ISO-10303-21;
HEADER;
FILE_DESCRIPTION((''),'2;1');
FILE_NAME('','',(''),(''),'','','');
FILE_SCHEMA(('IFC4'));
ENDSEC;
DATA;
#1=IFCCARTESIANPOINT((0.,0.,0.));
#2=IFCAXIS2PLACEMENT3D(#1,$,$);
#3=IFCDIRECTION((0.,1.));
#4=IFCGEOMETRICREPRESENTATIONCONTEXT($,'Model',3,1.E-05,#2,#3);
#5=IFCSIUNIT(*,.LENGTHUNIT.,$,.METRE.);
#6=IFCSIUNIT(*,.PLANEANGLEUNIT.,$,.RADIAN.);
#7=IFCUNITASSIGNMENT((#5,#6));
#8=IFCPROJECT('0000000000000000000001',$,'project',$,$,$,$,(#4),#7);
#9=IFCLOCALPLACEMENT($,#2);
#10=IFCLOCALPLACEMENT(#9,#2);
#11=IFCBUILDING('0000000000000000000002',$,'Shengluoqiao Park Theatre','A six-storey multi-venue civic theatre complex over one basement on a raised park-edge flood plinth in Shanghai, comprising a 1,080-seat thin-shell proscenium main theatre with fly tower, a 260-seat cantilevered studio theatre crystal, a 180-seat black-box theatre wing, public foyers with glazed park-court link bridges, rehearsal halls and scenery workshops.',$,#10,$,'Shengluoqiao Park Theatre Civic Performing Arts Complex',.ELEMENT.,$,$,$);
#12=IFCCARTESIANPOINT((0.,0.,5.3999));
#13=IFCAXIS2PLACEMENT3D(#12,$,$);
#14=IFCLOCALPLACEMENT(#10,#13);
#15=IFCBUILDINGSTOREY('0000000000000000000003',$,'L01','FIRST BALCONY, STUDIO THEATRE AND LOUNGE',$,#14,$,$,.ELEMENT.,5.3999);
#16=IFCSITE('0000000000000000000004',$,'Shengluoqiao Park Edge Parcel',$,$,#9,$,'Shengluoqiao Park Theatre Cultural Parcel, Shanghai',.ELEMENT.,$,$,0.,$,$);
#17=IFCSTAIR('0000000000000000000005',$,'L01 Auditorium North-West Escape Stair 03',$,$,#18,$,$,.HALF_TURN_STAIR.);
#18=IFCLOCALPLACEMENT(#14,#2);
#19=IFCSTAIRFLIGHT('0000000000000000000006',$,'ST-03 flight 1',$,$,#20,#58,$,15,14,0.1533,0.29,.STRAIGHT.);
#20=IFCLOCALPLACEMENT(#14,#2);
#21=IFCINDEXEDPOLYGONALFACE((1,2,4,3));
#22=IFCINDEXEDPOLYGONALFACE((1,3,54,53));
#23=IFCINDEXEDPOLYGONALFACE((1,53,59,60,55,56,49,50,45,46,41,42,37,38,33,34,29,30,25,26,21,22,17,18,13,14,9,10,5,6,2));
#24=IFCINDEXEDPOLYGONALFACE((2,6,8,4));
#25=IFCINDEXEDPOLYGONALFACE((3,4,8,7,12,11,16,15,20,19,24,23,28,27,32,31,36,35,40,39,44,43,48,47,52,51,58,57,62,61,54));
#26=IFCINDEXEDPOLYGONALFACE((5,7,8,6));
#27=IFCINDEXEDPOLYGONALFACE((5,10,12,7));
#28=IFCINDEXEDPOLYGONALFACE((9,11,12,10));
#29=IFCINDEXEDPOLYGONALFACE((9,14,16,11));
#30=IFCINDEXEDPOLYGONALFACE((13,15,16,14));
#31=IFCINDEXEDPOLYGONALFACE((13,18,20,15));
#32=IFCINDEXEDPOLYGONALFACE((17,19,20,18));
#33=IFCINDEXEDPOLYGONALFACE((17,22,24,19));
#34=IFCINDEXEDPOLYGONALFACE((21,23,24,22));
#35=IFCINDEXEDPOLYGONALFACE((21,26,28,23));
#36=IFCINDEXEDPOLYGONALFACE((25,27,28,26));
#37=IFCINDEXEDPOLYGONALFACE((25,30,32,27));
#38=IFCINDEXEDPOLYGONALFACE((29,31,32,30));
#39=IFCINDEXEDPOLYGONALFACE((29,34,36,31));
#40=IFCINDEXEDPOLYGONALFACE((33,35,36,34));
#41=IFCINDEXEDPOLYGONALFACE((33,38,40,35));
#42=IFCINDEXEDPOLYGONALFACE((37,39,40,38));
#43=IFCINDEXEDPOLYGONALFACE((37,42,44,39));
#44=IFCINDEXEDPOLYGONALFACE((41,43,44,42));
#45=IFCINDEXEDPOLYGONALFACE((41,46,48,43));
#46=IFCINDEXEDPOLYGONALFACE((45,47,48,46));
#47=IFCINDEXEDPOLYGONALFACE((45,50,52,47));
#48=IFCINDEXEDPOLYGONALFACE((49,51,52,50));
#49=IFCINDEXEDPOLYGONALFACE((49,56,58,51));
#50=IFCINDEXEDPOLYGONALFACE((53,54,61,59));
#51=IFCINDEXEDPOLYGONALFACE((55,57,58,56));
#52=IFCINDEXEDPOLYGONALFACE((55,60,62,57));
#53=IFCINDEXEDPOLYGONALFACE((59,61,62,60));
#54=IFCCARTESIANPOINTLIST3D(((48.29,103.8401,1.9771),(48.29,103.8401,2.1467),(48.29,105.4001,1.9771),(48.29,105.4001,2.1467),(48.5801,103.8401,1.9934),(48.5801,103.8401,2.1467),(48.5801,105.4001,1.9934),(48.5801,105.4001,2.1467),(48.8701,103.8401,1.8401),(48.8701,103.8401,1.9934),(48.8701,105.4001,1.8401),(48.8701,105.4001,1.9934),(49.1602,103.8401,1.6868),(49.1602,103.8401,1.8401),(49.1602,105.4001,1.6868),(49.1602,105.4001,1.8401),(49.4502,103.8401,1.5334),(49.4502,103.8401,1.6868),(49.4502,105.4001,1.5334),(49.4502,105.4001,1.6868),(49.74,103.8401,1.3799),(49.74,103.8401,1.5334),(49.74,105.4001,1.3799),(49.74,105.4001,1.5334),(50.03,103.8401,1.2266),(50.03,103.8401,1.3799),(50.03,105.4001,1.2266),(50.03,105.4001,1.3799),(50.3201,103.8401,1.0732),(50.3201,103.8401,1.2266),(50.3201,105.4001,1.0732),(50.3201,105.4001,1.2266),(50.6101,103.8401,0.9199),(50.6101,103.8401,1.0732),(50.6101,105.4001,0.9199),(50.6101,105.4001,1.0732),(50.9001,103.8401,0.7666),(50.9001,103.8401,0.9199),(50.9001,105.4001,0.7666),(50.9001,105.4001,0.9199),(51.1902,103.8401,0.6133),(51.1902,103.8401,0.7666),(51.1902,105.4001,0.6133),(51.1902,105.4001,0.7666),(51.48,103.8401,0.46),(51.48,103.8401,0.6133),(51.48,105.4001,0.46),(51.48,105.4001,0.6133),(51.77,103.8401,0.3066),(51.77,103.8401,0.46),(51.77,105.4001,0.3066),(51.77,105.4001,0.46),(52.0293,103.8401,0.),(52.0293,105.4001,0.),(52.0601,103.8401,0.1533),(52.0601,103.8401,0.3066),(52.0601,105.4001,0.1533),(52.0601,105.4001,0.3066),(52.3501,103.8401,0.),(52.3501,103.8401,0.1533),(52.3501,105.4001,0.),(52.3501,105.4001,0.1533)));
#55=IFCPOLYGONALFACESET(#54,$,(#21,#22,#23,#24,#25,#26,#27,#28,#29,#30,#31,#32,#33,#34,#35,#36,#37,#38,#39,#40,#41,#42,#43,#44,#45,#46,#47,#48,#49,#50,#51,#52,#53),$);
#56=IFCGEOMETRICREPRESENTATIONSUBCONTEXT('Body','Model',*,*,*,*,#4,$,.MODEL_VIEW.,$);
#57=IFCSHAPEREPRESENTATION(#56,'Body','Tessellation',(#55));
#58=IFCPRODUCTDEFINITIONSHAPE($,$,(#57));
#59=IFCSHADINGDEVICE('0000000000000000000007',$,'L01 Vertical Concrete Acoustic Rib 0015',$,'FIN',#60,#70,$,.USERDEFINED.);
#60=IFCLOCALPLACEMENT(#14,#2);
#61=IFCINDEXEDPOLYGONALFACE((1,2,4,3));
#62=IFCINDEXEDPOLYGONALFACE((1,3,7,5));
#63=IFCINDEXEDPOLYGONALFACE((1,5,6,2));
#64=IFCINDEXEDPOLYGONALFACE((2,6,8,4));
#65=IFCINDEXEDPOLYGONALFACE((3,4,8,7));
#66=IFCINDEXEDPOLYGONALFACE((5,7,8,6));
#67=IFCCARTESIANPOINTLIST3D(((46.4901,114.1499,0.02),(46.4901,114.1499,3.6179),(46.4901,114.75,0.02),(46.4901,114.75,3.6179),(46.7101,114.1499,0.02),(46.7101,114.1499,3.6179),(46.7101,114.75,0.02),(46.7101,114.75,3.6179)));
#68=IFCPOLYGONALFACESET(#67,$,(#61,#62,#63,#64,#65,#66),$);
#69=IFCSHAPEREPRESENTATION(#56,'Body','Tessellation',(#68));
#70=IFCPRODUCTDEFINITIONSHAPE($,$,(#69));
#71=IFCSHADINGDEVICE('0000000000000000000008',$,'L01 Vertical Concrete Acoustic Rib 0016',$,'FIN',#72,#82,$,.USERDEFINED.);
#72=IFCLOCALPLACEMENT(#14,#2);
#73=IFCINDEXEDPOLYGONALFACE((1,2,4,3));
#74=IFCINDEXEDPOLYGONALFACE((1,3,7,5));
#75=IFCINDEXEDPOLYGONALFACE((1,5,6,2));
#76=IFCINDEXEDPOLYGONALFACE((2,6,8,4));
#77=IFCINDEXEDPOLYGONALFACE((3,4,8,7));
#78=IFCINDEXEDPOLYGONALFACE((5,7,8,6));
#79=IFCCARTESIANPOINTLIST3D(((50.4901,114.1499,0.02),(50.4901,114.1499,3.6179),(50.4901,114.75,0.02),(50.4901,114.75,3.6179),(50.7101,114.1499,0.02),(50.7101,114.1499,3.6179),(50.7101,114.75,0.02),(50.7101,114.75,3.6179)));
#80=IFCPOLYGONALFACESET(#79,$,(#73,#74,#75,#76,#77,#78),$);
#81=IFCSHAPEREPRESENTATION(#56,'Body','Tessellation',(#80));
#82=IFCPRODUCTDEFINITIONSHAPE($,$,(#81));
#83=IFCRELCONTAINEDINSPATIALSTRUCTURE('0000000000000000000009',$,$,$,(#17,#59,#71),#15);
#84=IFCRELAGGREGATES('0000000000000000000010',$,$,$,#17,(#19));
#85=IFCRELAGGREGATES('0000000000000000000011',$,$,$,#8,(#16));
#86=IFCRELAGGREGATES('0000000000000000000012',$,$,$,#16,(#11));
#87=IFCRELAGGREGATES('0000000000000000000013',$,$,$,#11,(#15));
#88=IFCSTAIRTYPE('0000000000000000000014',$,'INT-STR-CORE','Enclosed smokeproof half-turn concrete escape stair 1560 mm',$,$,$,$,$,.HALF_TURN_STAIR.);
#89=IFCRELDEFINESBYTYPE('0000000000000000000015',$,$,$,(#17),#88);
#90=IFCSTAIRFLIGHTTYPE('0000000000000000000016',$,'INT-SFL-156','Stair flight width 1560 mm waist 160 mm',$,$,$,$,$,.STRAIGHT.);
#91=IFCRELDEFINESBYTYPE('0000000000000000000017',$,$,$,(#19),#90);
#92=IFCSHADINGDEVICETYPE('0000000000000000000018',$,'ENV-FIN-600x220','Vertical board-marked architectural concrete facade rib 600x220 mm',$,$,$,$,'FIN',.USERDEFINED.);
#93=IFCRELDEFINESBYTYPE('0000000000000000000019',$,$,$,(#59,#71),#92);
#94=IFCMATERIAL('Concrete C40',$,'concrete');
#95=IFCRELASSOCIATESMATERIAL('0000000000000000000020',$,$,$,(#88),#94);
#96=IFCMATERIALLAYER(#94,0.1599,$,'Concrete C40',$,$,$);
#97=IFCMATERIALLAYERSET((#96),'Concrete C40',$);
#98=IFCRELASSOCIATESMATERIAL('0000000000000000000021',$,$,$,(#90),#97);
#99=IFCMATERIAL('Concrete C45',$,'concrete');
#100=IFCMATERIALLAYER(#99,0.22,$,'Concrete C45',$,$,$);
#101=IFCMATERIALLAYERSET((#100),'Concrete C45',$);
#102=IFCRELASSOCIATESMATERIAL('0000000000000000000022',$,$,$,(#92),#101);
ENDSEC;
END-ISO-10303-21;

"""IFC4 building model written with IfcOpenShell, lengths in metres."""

from ifc_helpers import new_model, si_unit, direction, frame, origin, origin_2d, place, context, subcontext, project, spatial, polyline, rectangle, outline, extrude, material, layer, layer_set, type_object, element, aggregate, save


model = new_model("IFC4")

# Units and contexts
model_context = context("Model", 3, precision=1e-05, world=origin(), true_north=direction((0.0, 1.0)))
body_context = subcontext(model_context, "Body", "Model", "MODEL_VIEW")
ifc_project = project(units=[si_unit("LENGTHUNIT", "METRE"), si_unit("PLANEANGLEUNIT", "RADIAN")], contexts=[model_context])

# Site, building, storey
site_placement = place(None, origin())
site = spatial("IfcSite", under=ifc_project, at=site_placement, Name="Shengluoqiao Park Edge Parcel", LongName="Shengluoqiao Park Theatre Cultural Parcel, Shanghai", CompositionType="ELEMENT", RefElevation=0.0)
building_placement = place(site_placement, origin())
building = spatial("IfcBuilding", under=site, at=building_placement, Name="Shengluoqiao Park Theatre", Description="A six-storey multi-venue civic theatre complex over one basement on a raised park-edge flood plinth in Shanghai, comprising a 1,080-seat thin-shell proscenium main theatre with fly tower, a 260-seat cantilevered studio theatre crystal, a 180-seat black-box theatre wing, public foyers with glazed park-court link bridges, rehearsal halls and scenery workshops.", LongName="Shengluoqiao Park Theatre Civic Performing Arts Complex", CompositionType="ELEMENT")
storey_placement = place(building_placement, frame((0.0, 0.0, 5.3999)))
storey = spatial("IfcBuildingStorey", under=building, at=storey_placement, Name="L01", Description="FIRST BALCONY, STUDIO THEATRE AND LOUNGE", CompositionType="ELEMENT", Elevation=5.3999)

# Shared definitions
ifc_material_1 = material(Name="Concrete C45", Category="concrete")

# Stair, stair flight
ifc_material_2 = material(Name="Concrete C40", Category="concrete")
stair_type = type_object("IfcStairType", Name="INT-STR-CORE", Description="Enclosed smokeproof half-turn concrete escape stair 1560 mm", PredefinedType="HALF_TURN_STAIR", material=ifc_material_2)
stair_placement = place(storey_placement, origin())
stair = element("IfcStair", 1, at=stair_placement, inside=storey, type_object=stair_type, Name="L01 Auditorium North-West Escape Stair 03", PredefinedType="HALF_TURN_STAIR")
ifc_layer_1 = layer(ifc_material_2, 0.1599, Name="Concrete C40")
ifc_layer_set_1 = layer_set([ifc_layer_1], Name="Concrete C40")
stair_flight_type = type_object("IfcStairFlightType", Name="INT-SFL-156", Description="Stair flight width 1560 mm waist 160 mm", PredefinedType="STRAIGHT", material=ifc_layer_set_1)
stair_flight_placement = place(storey_placement, frame((52.3501, 104.6201, 0.0), z_axis=(0.0, 0.0, 1.0), x_axis=(-1.0, 0.0, 0.0)))
stair_flight = element("IfcStairFlight", 2, at=stair_flight_placement, type_object=stair_flight_type, Name="ST-03 flight 1", NumberOfRisers=15, NumberOfTreads=14, PredefinedType="STRAIGHT", RiserHeight=0.1533, TreadLength=0.29, context=body_context, shape_type="SweptSolid", body=[
    extrude(outline(polyline([(0.0, 0.0), (0.0, 0.1533), (0.29, 0.1533), (0.29, 0.3066), (0.5801, 0.3066), (0.5801, 0.46), (0.8701, 0.46), (0.8701, 0.6133), (1.1599, 0.6133), (1.1599, 0.7666), (1.45, 0.7666), (1.45, 0.9199), (1.74, 0.9199), (1.74, 1.0732), (2.03, 1.0732), (2.03, 1.2266), (2.3201, 1.2266), (2.3201, 1.3799), (2.6101, 1.3799), (2.6101, 1.5334), (2.8999, 1.5334), (2.8999, 1.6868), (3.1899, 1.6868), (3.1899, 1.8401), (3.48, 1.8401), (3.48, 1.9934), (3.77, 1.9934), (3.77, 2.1467), (4.0601, 2.1467), (4.0601, 2.3), (4.0601, 1.9771), (0.3208, 0.0), (0.0, 0.0)])), frame((0.0, 0.78, 0.0), z_axis=(0.0, -1.0, 0.0), x_axis=(1.0, 0.0, 0.0)), (0.0, 0.0, 1.0), 1.5601),
])
aggregate(stair, [stair_flight])

# Shading devices
ifc_layer_2 = layer(ifc_material_1, 0.22, Name="Concrete C45")
ifc_layer_set_2 = layer_set([ifc_layer_2], Name="Concrete C45")
shading_device_type = type_object("IfcShadingDeviceType", Name="ENV-FIN-600x220", Description="Vertical board-marked architectural concrete facade rib 600x220 mm", ElementType="FIN", PredefinedType="USERDEFINED", material=ifc_layer_set_2)
for number, where, z_axis, x_axis, name in (
    (3, (46.6001, 114.45, 0.02), (0.0, 0.0, 1.0), (0.0, 1.0, 0.0), "L01 Vertical Concrete Acoustic Rib 0015"),
    (4, (50.6001, 114.45, 0.02), (0.0, 0.0, 1.0), (0.0, 1.0, 0.0), "L01 Vertical Concrete Acoustic Rib 0016"),
):
    element("IfcShadingDevice", number, at=place(storey_placement, frame(where, z_axis=z_axis, x_axis=x_axis)), inside=storey, type_object=shading_device_type, Name=name, ObjectType="FIN", PredefinedType="USERDEFINED", context=body_context, shape_type="SweptSolid", body=[
        extrude(rectangle(XDim=0.6001, YDim=0.22, at=origin_2d()), origin(), (0.0, 0.0, 1.0), 3.5979),
    ])

save(model, "model.ifc")
